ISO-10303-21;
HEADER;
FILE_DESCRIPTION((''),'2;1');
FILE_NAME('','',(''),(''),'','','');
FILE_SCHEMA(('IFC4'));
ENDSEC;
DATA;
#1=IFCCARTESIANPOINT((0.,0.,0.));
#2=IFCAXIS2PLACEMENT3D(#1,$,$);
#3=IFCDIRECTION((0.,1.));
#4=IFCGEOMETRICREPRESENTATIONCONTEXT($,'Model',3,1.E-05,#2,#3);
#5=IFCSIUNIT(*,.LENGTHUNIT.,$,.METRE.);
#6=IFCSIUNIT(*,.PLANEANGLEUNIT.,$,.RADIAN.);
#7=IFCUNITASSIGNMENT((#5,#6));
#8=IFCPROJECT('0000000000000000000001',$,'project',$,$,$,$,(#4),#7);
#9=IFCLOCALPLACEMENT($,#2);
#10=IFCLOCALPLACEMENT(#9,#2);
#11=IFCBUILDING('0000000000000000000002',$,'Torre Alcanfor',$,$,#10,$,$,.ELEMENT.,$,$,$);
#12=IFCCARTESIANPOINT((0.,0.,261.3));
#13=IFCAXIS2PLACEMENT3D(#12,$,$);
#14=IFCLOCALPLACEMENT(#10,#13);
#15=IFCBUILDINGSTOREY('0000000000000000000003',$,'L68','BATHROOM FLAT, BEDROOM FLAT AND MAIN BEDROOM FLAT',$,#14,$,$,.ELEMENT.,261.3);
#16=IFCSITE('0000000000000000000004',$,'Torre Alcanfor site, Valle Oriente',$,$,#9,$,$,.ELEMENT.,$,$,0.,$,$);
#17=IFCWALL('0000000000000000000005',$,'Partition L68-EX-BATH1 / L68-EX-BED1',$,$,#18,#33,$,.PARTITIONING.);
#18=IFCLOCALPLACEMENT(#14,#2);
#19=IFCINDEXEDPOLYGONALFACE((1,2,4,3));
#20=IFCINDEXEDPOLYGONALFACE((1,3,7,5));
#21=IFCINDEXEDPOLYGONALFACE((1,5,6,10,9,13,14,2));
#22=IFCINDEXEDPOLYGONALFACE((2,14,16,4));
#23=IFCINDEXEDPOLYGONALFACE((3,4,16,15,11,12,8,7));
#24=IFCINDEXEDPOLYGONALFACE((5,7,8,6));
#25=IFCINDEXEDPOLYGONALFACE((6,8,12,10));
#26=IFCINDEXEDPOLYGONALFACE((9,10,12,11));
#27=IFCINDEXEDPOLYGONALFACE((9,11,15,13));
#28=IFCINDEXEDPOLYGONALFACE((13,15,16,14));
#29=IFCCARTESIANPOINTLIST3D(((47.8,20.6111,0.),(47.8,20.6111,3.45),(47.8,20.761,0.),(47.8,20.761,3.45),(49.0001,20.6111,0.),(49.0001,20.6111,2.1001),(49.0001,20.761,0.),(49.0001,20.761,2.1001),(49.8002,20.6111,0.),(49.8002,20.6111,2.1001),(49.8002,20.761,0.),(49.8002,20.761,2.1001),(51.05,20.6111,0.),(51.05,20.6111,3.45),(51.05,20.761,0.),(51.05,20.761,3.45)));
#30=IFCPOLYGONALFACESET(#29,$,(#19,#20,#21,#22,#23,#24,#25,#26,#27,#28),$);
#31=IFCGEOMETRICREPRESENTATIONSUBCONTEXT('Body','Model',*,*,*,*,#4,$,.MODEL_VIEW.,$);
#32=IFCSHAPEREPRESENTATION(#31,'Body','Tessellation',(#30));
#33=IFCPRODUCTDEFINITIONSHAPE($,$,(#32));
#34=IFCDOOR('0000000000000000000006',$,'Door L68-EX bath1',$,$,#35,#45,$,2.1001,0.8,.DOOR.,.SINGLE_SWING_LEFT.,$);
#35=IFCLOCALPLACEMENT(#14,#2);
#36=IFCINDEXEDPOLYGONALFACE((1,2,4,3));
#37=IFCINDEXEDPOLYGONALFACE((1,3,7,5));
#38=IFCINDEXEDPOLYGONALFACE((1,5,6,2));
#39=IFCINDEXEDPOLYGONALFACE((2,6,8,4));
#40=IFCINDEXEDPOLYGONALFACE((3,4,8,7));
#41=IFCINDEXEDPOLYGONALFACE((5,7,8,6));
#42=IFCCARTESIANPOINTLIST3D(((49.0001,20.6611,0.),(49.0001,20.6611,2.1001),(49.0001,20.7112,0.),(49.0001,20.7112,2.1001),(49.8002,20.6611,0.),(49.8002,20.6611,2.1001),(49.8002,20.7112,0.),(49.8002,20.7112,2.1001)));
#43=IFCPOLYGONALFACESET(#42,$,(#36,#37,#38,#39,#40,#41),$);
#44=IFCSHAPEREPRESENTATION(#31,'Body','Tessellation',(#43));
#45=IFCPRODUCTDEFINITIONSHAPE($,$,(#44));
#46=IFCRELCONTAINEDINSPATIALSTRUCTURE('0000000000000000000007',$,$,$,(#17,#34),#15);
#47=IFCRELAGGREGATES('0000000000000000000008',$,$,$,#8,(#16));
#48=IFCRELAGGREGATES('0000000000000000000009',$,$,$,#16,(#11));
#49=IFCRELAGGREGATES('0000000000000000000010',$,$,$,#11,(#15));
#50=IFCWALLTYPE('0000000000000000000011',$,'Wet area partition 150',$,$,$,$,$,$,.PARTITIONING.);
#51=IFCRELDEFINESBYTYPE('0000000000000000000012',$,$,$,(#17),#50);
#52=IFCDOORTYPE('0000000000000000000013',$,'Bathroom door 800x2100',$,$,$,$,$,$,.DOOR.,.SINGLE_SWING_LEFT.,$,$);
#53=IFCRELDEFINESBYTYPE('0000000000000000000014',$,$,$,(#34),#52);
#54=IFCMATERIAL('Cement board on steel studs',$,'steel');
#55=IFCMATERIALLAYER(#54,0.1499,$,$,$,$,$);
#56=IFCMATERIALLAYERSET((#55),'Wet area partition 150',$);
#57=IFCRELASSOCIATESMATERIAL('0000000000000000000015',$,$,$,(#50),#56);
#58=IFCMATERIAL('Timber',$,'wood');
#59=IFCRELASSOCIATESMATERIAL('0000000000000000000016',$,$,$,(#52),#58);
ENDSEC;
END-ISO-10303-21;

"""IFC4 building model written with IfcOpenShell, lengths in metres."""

from ifc_helpers import new_model, si_unit, direction, frame, frame_2d, origin, place, context, subcontext, project, spatial, rectangle, extrude, material, layer, layer_set, type_object, element, fill, save


model = new_model("IFC4")

# Units and contexts
model_context = context("Model", 3, precision=1e-05, world=origin(), true_north=direction((0.0, 1.0)))
body_context = subcontext(model_context, "Body", "Model", "MODEL_VIEW")
ifc_project = project(units=[si_unit("LENGTHUNIT", "METRE"), si_unit("PLANEANGLEUNIT", "RADIAN")], contexts=[model_context])

# Site, building, storey
site_placement = place(None, origin())
site = spatial("IfcSite", under=ifc_project, at=site_placement, Name="Torre Alcanfor site, Valle Oriente", CompositionType="ELEMENT", RefElevation=0.0)
building_placement = place(site_placement, origin())
building = spatial("IfcBuilding", under=site, at=building_placement, Name="Torre Alcanfor", CompositionType="ELEMENT")
storey_placement = place(building_placement, frame((0.0, 0.0, 261.3)))
storey = spatial("IfcBuildingStorey", under=building, at=storey_placement, Name="L68", Description="BATHROOM FLAT, BEDROOM FLAT AND MAIN BEDROOM FLAT", CompositionType="ELEMENT", Elevation=261.3)

# Wall, opening, door
ifc_material_1 = material(Name="Cement board on steel studs", Category="steel")
ifc_layer_1 = layer(ifc_material_1, 0.1499)
ifc_layer_set_1 = layer_set([ifc_layer_1], Name="Wet area partition 150")
wall_type_1 = type_object("IfcWallType", Name="Wet area partition 150", PredefinedType="PARTITIONING", material=ifc_layer_set_1)
wall_1_placement = place(storey_placement, frame((51.05, 20.686, 0.0), z_axis=(0.0, 0.0, 1.0), x_axis=(-1.0, 0.0, 0.0)))
wall_1 = element("IfcWall", 1, at=wall_1_placement, inside=storey, type_object=wall_type_1, Name="Partition L68-EX-BATH1 / L68-EX-BED1", PredefinedType="PARTITIONING", context=body_context, shape_type="SweptSolid", body=[
    extrude(rectangle(XDim=3.25, YDim=0.1499, at=frame_2d((1.625, 0.0))), origin(), (0.0, 0.0, 1.0), 3.45),
])
opening_1_placement = place(wall_1_placement, frame((1.25, 0.0, 0.0)))
opening_1 = element("IfcOpeningElement", 2, at=opening_1_placement, cuts=wall_1, PredefinedType="OPENING", context=body_context, shape_type="SweptSolid", body=[
    extrude(rectangle(XDim=0.8, YDim=2.1001, at=frame_2d((0.3999, 1.05))), frame((0.0, 0.085, 0.0), z_axis=(0.0, -1.0, 0.0), x_axis=(1.0, 0.0, 0.0)), (0.0, 0.0, 1.0), 0.1699),
])
ifc_material_2 = material(Name="Timber", Category="wood")
door_type_1 = type_object("IfcDoorType", Name="Bathroom door 800x2100", OperationType="SINGLE_SWING_LEFT", PredefinedType="DOOR", material=ifc_material_2)
door_1_placement = place(opening_1_placement, frame((0.8, 0.0, 0.0), z_axis=(0.0, 0.0, 1.0), x_axis=(-1.0, 0.0, 0.0)))
door_1 = element("IfcDoor", 3, at=door_1_placement, inside=storey, type_object=door_type_1, Name="Door L68-EX bath1", OperationType="SINGLE_SWING_LEFT", OverallHeight=2.1001, OverallWidth=0.8, PredefinedType="DOOR", context=body_context, shape_type="SweptSolid", body=[
    extrude(rectangle(XDim=0.8, YDim=2.1001, at=frame_2d((0.4001, 1.05))), frame((0.0, 0.0251, 0.0), z_axis=(0.0, -1.0, 0.0), x_axis=(1.0, 0.0, 0.0)), (0.0, 0.0, 1.0), 0.05),
])
fill(opening_1, door_1)

save(model, "model.ifc")
